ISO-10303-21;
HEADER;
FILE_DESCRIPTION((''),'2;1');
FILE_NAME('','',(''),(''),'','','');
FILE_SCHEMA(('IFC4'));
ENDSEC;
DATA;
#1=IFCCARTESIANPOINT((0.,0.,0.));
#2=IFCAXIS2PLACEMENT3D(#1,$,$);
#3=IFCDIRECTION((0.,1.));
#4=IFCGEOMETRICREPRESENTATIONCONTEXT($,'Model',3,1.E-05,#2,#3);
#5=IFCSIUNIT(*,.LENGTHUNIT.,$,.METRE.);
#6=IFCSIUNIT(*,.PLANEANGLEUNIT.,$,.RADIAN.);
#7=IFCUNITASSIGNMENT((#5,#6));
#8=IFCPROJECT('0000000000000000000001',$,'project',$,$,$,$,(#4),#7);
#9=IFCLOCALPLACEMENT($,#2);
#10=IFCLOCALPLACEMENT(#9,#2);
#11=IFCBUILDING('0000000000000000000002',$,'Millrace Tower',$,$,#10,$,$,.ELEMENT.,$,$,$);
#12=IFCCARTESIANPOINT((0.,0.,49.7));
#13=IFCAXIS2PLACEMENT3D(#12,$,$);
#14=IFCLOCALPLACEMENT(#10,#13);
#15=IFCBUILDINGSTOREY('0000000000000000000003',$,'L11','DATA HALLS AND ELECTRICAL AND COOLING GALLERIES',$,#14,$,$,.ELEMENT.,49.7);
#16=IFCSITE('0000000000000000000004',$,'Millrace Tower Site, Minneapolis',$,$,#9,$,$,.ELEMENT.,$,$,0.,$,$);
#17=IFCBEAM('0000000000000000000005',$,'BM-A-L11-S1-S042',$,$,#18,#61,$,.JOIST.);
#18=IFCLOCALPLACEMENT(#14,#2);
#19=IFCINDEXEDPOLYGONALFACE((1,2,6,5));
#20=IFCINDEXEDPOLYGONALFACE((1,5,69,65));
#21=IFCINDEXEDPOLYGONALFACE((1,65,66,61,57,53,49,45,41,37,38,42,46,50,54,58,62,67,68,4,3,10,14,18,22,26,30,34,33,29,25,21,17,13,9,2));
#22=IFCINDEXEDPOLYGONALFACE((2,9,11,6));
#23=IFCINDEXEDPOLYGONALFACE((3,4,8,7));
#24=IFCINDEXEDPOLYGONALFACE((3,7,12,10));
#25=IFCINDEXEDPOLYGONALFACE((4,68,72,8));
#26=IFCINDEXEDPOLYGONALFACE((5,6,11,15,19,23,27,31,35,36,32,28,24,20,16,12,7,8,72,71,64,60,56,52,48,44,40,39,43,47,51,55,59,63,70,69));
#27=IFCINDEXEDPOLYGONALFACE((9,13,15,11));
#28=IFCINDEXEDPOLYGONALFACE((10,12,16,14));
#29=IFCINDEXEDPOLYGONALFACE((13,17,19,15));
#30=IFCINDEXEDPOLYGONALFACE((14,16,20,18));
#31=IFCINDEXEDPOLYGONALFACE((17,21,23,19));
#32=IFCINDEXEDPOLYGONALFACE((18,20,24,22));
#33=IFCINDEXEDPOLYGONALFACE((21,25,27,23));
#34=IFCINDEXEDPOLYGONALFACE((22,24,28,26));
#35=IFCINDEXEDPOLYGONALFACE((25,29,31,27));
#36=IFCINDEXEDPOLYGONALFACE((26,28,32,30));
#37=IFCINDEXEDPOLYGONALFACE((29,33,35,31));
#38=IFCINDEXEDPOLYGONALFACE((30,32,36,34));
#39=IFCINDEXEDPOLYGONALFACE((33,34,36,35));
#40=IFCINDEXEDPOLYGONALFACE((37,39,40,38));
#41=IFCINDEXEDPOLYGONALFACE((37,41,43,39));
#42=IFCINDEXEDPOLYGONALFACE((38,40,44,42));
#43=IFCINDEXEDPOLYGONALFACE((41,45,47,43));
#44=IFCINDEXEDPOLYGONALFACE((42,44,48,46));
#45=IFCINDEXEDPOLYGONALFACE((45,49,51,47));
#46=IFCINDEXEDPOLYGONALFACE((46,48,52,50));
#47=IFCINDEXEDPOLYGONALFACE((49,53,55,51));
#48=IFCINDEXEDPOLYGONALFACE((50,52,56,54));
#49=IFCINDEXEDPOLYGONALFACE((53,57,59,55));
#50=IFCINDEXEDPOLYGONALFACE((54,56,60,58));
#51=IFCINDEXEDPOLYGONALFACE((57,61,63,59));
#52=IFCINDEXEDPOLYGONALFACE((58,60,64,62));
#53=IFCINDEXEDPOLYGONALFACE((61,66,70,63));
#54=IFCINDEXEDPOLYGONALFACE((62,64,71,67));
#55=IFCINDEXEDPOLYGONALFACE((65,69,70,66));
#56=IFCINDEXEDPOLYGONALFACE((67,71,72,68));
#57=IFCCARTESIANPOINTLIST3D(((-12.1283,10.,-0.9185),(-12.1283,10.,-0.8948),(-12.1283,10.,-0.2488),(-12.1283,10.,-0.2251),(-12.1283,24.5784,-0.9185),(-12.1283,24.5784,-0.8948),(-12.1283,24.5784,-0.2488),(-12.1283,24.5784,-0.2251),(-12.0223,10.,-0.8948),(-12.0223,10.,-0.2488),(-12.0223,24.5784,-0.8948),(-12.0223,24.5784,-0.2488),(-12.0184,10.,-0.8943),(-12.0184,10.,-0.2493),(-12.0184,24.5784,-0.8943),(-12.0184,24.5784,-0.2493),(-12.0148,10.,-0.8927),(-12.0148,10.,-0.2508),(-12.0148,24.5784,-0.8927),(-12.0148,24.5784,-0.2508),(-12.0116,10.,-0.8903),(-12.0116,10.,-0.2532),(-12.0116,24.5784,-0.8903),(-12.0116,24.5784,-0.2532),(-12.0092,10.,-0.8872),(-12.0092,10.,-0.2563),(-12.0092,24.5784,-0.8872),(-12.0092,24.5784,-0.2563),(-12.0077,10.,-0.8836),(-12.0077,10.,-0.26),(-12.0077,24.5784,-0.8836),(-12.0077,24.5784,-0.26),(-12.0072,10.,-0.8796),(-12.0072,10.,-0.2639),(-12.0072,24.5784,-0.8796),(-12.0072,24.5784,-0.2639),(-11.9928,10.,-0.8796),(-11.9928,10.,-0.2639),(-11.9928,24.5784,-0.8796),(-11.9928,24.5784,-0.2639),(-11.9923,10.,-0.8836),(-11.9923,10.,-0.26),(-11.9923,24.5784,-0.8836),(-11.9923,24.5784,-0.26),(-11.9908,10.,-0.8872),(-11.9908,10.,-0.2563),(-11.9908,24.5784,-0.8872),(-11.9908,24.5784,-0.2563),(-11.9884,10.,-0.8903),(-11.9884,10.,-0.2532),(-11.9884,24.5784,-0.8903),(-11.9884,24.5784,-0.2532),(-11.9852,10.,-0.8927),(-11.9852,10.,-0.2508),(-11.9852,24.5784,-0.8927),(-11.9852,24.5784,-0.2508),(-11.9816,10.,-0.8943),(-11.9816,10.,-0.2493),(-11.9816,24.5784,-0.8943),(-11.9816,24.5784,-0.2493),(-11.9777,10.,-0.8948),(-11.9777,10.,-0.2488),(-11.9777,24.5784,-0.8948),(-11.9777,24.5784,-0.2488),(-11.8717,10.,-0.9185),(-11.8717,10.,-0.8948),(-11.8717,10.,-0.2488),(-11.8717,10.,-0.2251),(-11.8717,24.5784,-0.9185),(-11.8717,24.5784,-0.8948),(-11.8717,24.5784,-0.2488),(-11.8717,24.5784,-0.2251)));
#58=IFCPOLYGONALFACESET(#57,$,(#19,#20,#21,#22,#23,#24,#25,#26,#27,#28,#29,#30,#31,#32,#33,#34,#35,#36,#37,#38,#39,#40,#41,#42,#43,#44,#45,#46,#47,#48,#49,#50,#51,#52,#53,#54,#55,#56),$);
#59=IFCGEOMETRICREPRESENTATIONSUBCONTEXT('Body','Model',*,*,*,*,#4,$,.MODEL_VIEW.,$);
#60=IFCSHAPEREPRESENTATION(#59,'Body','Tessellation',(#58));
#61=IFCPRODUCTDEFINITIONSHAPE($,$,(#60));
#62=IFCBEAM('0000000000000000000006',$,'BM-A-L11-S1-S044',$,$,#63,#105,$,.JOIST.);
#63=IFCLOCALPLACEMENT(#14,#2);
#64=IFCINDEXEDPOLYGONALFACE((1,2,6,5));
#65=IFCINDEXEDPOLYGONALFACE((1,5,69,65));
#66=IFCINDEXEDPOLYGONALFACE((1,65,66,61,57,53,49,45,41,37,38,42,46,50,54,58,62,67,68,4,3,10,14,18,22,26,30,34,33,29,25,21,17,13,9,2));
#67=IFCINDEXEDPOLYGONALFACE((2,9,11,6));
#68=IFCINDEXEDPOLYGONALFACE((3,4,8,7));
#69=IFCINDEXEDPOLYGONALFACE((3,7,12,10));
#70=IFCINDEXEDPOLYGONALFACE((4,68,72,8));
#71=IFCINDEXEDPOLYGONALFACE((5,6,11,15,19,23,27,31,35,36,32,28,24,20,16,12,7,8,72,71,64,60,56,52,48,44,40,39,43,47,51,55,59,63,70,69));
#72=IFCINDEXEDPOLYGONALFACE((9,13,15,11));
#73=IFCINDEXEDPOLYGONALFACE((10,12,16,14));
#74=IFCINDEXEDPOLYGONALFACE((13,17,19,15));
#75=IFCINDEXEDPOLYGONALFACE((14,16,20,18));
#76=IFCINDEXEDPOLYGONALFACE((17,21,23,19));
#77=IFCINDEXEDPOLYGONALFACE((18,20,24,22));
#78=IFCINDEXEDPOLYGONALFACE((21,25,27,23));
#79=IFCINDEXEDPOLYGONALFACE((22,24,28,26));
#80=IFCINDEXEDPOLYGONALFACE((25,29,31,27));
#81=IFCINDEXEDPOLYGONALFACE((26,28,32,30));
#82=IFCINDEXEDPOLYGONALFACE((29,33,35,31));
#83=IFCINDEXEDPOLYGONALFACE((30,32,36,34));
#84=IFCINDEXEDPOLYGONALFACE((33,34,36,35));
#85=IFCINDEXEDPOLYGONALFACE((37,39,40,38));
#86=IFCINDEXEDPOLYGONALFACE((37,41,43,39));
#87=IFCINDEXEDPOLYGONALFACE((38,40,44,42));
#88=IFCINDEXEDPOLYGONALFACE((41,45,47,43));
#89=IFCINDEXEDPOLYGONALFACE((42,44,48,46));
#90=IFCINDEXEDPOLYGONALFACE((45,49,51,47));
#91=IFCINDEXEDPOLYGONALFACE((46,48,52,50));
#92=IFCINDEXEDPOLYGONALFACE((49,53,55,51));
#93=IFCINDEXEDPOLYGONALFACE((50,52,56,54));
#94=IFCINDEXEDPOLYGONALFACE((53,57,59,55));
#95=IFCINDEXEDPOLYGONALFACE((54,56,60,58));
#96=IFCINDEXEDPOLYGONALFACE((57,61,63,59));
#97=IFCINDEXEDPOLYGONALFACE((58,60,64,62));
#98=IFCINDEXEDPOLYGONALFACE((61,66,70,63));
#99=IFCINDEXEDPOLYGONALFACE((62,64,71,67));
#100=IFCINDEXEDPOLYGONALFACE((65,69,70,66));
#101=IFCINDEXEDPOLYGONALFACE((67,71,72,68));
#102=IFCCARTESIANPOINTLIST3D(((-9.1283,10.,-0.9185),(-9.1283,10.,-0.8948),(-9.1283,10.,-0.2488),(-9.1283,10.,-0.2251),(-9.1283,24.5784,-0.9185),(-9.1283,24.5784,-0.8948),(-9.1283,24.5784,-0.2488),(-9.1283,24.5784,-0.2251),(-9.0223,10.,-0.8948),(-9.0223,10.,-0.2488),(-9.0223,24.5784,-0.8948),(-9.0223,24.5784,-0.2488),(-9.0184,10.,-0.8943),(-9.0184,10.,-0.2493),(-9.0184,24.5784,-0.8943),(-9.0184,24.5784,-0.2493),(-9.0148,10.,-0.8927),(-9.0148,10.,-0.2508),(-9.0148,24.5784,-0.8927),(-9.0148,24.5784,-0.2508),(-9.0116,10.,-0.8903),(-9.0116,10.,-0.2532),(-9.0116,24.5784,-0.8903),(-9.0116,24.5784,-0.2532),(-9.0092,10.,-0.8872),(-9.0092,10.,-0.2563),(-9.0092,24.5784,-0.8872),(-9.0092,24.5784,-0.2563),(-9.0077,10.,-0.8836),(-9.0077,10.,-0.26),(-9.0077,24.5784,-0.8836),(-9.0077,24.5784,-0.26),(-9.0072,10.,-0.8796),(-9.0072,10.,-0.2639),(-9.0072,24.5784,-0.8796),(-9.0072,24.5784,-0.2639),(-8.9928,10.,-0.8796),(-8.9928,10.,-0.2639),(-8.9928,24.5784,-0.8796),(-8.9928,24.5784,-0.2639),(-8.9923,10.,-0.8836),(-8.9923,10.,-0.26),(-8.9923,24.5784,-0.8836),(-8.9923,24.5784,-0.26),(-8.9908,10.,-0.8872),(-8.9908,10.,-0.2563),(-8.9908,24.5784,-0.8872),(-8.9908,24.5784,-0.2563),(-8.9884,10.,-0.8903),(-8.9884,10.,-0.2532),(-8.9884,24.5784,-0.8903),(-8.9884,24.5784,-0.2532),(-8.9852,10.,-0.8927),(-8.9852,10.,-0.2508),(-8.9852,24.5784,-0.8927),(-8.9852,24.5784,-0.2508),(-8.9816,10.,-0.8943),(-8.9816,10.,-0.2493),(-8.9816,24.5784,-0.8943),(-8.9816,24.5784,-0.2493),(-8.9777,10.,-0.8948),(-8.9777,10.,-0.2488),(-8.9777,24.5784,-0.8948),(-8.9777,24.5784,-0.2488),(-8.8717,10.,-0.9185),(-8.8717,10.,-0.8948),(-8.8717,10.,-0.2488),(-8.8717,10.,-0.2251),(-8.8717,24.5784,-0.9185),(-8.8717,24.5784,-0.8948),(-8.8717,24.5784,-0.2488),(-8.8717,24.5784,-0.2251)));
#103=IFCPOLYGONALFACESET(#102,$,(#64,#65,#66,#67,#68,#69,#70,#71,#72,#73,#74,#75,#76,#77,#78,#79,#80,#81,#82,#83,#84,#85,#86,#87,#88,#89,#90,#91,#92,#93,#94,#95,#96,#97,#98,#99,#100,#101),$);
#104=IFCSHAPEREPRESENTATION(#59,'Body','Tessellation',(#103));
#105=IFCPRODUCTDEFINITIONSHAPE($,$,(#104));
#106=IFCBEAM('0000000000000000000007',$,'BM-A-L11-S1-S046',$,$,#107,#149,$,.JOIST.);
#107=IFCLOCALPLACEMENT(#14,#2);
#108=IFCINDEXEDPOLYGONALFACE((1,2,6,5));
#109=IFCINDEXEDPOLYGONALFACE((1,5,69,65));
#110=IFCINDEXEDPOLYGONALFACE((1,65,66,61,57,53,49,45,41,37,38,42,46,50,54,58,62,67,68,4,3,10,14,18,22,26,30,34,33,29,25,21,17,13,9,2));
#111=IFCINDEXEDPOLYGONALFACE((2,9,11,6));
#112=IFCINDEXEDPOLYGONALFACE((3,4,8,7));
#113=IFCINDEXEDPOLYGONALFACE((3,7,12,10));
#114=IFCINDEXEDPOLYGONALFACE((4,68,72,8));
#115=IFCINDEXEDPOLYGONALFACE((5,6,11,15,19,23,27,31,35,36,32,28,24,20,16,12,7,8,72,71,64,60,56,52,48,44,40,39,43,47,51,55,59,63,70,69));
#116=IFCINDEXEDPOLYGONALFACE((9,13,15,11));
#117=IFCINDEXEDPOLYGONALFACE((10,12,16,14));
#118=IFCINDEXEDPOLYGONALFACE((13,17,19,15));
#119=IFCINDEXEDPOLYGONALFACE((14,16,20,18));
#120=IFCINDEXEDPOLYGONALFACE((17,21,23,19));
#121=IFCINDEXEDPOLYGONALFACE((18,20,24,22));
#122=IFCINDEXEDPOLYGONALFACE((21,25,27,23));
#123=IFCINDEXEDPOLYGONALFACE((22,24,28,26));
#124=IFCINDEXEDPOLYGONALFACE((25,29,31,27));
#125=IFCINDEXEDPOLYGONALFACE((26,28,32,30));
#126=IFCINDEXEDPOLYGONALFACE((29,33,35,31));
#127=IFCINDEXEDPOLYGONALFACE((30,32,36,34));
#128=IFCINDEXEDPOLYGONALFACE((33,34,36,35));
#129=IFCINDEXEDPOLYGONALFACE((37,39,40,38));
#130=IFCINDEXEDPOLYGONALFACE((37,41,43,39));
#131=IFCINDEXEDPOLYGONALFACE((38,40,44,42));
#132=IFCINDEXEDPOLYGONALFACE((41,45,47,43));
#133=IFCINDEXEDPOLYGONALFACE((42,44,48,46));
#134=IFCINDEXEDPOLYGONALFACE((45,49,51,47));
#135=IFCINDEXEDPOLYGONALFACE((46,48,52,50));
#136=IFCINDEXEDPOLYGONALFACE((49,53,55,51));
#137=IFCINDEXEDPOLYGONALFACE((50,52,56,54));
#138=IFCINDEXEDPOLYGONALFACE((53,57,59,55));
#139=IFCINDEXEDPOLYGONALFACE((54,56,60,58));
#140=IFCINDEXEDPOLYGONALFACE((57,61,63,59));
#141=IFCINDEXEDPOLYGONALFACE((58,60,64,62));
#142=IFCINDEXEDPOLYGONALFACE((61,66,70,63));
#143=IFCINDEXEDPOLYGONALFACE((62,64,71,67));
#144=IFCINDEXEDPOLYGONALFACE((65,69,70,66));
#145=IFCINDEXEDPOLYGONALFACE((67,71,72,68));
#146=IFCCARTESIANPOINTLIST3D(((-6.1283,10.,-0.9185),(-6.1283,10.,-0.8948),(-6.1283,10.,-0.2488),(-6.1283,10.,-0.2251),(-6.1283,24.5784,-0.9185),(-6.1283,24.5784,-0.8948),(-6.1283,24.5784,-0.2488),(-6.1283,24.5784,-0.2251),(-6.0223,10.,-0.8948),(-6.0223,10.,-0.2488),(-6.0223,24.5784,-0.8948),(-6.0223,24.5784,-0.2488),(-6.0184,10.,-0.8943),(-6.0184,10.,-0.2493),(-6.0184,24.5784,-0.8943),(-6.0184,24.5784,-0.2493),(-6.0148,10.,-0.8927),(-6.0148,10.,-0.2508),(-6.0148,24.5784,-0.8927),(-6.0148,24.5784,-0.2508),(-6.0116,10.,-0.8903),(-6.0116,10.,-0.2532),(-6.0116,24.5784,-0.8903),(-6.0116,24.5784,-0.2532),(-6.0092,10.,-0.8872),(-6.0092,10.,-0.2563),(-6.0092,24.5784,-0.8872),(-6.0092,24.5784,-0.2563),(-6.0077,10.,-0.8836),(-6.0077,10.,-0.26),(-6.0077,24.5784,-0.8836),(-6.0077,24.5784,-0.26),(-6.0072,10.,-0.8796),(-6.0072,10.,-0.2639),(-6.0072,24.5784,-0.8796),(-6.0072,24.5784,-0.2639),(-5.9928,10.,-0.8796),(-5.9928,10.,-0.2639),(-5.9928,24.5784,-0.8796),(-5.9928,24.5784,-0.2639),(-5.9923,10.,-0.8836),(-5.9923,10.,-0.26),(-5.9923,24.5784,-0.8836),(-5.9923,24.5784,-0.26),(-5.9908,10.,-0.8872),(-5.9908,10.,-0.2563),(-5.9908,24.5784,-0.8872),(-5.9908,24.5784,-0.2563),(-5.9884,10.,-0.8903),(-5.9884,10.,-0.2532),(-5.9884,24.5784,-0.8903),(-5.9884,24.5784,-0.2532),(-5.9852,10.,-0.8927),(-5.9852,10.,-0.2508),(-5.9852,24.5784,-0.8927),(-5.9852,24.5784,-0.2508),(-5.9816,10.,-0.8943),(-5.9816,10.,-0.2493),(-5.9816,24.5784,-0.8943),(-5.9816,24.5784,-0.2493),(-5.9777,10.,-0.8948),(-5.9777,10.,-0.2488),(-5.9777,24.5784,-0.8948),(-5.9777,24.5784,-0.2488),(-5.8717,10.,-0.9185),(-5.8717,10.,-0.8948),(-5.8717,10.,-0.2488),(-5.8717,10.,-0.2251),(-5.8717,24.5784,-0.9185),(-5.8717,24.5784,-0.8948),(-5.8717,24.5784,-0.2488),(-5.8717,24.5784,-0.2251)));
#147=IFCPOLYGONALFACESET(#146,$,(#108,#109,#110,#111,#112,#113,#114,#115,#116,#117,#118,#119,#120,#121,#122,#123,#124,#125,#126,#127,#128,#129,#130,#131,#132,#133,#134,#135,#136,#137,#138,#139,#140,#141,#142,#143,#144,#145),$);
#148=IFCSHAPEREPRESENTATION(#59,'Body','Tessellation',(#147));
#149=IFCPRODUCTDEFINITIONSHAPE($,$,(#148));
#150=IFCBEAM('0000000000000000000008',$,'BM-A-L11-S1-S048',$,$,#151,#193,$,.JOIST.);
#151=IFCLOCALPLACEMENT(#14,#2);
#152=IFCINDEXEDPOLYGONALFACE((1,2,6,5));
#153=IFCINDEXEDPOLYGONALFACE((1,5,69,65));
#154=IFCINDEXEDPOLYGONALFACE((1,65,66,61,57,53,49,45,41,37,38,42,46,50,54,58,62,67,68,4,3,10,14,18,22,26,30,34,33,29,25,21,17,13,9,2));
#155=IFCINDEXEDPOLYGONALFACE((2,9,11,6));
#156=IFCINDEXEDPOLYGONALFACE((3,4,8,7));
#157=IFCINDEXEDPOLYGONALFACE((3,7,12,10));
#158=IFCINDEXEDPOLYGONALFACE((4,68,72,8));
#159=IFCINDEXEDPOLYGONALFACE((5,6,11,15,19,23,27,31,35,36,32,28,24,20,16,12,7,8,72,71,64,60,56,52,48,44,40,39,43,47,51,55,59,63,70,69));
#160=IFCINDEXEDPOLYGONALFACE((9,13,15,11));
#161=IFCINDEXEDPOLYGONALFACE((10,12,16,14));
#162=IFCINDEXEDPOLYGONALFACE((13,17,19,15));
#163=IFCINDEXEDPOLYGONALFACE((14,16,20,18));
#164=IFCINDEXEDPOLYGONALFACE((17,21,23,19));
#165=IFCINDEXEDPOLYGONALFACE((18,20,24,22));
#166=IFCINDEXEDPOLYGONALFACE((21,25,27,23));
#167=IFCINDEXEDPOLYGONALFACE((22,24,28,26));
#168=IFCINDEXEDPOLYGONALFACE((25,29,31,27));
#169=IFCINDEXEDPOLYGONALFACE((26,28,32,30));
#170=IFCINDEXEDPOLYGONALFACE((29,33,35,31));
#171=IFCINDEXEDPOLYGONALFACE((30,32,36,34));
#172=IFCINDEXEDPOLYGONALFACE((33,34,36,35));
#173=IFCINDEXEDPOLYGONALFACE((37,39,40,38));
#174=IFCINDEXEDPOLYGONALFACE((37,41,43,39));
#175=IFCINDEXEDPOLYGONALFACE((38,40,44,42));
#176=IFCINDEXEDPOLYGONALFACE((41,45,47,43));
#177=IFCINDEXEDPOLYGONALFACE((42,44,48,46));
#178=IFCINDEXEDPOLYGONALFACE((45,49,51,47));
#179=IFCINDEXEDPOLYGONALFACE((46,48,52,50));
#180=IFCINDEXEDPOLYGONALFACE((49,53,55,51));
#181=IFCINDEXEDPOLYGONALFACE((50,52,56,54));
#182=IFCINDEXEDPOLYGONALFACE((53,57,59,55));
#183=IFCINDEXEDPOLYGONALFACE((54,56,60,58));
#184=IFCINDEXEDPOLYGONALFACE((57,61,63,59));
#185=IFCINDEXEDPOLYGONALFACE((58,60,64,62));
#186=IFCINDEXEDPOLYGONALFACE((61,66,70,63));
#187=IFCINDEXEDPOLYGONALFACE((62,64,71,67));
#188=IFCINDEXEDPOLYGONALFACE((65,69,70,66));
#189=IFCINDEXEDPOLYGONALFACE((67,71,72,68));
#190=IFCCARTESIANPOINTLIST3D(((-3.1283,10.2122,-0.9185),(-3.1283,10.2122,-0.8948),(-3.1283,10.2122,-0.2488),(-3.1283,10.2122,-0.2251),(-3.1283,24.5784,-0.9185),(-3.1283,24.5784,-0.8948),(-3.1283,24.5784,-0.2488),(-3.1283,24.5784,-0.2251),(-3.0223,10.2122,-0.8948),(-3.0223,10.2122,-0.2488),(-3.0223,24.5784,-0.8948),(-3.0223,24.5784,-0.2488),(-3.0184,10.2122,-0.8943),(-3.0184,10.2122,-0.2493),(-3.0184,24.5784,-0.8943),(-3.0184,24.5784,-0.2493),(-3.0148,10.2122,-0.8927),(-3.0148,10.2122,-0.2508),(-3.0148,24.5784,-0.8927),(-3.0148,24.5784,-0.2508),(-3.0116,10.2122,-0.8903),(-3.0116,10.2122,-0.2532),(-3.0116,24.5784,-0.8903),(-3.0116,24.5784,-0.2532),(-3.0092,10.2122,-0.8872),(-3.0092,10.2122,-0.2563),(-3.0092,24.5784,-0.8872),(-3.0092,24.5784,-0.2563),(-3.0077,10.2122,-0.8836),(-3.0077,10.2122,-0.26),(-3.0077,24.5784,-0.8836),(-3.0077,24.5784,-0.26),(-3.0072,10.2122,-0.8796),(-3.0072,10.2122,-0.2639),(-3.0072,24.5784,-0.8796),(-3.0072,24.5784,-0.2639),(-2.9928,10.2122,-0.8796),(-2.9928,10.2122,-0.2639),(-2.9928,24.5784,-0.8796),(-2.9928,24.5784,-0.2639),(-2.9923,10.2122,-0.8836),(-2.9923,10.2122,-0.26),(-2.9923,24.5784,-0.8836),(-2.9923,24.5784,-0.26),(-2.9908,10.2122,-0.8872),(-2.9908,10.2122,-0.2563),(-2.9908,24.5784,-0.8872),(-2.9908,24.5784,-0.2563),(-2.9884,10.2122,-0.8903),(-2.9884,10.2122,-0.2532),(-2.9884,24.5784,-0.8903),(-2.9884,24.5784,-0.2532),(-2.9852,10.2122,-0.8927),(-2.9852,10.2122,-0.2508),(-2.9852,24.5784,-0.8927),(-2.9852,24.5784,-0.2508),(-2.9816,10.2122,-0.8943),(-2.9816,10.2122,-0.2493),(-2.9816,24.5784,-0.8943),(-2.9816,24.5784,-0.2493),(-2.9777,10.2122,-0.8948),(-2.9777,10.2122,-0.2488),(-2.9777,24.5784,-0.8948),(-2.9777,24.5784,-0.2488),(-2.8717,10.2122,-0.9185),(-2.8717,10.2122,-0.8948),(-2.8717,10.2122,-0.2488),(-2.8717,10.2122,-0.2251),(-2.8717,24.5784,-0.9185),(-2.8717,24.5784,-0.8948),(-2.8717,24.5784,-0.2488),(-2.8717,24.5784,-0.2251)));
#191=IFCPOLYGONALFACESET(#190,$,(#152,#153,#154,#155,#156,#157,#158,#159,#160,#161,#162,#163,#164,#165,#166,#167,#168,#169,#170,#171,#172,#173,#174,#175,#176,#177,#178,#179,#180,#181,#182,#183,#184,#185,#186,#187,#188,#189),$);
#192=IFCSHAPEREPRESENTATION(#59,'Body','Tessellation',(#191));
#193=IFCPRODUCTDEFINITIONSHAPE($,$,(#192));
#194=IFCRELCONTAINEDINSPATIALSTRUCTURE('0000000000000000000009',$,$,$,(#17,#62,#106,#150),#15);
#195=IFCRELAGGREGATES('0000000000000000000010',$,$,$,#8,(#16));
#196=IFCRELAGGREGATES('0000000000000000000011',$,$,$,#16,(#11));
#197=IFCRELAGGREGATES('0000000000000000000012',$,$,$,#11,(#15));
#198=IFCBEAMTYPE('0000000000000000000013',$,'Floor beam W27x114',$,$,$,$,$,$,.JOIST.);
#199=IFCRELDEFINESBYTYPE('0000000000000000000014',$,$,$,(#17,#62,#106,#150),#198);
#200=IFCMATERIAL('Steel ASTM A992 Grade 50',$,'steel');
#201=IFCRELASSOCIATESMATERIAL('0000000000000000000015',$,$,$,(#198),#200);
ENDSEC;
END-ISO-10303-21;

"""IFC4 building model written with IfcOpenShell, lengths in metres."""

from ifc_helpers import new_model, si_unit, direction, frame, origin, origin_2d, place, context, subcontext, project, spatial, i_section, extrude, material, material_profile, profile_set, type_object, element, save


model = new_model("IFC4")

# Units and contexts
model_context = context("Model", 3, precision=1e-05, world=origin(), true_north=direction((0.0, 1.0)))
body_context = subcontext(model_context, "Body", "Model", "MODEL_VIEW")
ifc_project = project(units=[si_unit("LENGTHUNIT", "METRE"), si_unit("PLANEANGLEUNIT", "RADIAN")], contexts=[model_context])

# Site, building, storey
site_placement = place(None, origin())
site = spatial("IfcSite", under=ifc_project, at=site_placement, Name="Millrace Tower Site, Minneapolis", CompositionType="ELEMENT", RefElevation=0.0)
building_placement = place(site_placement, origin())
building = spatial("IfcBuilding", under=site, at=building_placement, Name="Millrace Tower", CompositionType="ELEMENT")
storey_placement = place(building_placement, frame((0.0, 0.0, 49.7)))
storey = spatial("IfcBuildingStorey", under=building, at=storey_placement, Name="L11", Description="DATA HALLS AND ELECTRICAL AND COOLING GALLERIES", CompositionType="ELEMENT", Elevation=49.7)

# Beams
ifc_material_1 = material(Name="Steel ASTM A992 Grade 50", Category="steel")
ifc_material_profile_1 = material_profile(ifc_material_1, i_section(OverallWidth=0.2566, OverallDepth=0.6934, WebThickness=0.0144, FlangeThickness=0.0237, FilletRadius=0.0151, at=origin_2d()))
ifc_profile_set_1 = profile_set([ifc_material_profile_1], Name="Steel ASTM A992 Grade 50")
beam_type_1 = type_object("IfcBeamType", Name="Floor beam W27x114", PredefinedType="JOIST", material=ifc_profile_set_1)
for number, where, z_axis, x_axis, name in (
    (1, (-12.0, 10.0, -0.5718), (0.0, 1.0, 0.0), (-1.0, 0.0, 0.0), "BM-A-L11-S1-S042"),
    (2, (-9.0, 10.0, -0.5718), (0.0, 1.0, 0.0), (-1.0, 0.0, 0.0), "BM-A-L11-S1-S044"),
    (3, (-6.0, 10.0, -0.5718), (0.0, 1.0, 0.0), (-1.0, 0.0, 0.0), "BM-A-L11-S1-S046"),
):
    element("IfcBeam", number, at=place(storey_placement, frame(where, z_axis=z_axis, x_axis=x_axis)), inside=storey, type_object=beam_type_1, Name=name, PredefinedType="JOIST", context=body_context, shape_type="SweptSolid", body=[
        extrude(i_section(OverallWidth=0.2566, OverallDepth=0.6934, WebThickness=0.0144, FlangeThickness=0.0237, FilletRadius=0.0151, at=origin_2d()), origin(), (0.0, 0.0, 1.0), 14.5784),
    ])
for number, where, z_axis, x_axis, name in (
    (4, (-3.0, 10.2122, -0.5718), (0.0, 1.0, 0.0), (-1.0, 0.0, 0.0), "BM-A-L11-S1-S048"),
):
    element("IfcBeam", number, at=place(storey_placement, frame(where, z_axis=z_axis, x_axis=x_axis)), inside=storey, type_object=beam_type_1, Name=name, PredefinedType="JOIST", context=body_context, shape_type="SweptSolid", body=[
        extrude(i_section(OverallWidth=0.2566, OverallDepth=0.6934, WebThickness=0.0144, FlangeThickness=0.0237, FilletRadius=0.0151, at=origin_2d()), origin(), (0.0, 0.0, 1.0), 14.3662),
    ])

save(model, "model.ifc")
